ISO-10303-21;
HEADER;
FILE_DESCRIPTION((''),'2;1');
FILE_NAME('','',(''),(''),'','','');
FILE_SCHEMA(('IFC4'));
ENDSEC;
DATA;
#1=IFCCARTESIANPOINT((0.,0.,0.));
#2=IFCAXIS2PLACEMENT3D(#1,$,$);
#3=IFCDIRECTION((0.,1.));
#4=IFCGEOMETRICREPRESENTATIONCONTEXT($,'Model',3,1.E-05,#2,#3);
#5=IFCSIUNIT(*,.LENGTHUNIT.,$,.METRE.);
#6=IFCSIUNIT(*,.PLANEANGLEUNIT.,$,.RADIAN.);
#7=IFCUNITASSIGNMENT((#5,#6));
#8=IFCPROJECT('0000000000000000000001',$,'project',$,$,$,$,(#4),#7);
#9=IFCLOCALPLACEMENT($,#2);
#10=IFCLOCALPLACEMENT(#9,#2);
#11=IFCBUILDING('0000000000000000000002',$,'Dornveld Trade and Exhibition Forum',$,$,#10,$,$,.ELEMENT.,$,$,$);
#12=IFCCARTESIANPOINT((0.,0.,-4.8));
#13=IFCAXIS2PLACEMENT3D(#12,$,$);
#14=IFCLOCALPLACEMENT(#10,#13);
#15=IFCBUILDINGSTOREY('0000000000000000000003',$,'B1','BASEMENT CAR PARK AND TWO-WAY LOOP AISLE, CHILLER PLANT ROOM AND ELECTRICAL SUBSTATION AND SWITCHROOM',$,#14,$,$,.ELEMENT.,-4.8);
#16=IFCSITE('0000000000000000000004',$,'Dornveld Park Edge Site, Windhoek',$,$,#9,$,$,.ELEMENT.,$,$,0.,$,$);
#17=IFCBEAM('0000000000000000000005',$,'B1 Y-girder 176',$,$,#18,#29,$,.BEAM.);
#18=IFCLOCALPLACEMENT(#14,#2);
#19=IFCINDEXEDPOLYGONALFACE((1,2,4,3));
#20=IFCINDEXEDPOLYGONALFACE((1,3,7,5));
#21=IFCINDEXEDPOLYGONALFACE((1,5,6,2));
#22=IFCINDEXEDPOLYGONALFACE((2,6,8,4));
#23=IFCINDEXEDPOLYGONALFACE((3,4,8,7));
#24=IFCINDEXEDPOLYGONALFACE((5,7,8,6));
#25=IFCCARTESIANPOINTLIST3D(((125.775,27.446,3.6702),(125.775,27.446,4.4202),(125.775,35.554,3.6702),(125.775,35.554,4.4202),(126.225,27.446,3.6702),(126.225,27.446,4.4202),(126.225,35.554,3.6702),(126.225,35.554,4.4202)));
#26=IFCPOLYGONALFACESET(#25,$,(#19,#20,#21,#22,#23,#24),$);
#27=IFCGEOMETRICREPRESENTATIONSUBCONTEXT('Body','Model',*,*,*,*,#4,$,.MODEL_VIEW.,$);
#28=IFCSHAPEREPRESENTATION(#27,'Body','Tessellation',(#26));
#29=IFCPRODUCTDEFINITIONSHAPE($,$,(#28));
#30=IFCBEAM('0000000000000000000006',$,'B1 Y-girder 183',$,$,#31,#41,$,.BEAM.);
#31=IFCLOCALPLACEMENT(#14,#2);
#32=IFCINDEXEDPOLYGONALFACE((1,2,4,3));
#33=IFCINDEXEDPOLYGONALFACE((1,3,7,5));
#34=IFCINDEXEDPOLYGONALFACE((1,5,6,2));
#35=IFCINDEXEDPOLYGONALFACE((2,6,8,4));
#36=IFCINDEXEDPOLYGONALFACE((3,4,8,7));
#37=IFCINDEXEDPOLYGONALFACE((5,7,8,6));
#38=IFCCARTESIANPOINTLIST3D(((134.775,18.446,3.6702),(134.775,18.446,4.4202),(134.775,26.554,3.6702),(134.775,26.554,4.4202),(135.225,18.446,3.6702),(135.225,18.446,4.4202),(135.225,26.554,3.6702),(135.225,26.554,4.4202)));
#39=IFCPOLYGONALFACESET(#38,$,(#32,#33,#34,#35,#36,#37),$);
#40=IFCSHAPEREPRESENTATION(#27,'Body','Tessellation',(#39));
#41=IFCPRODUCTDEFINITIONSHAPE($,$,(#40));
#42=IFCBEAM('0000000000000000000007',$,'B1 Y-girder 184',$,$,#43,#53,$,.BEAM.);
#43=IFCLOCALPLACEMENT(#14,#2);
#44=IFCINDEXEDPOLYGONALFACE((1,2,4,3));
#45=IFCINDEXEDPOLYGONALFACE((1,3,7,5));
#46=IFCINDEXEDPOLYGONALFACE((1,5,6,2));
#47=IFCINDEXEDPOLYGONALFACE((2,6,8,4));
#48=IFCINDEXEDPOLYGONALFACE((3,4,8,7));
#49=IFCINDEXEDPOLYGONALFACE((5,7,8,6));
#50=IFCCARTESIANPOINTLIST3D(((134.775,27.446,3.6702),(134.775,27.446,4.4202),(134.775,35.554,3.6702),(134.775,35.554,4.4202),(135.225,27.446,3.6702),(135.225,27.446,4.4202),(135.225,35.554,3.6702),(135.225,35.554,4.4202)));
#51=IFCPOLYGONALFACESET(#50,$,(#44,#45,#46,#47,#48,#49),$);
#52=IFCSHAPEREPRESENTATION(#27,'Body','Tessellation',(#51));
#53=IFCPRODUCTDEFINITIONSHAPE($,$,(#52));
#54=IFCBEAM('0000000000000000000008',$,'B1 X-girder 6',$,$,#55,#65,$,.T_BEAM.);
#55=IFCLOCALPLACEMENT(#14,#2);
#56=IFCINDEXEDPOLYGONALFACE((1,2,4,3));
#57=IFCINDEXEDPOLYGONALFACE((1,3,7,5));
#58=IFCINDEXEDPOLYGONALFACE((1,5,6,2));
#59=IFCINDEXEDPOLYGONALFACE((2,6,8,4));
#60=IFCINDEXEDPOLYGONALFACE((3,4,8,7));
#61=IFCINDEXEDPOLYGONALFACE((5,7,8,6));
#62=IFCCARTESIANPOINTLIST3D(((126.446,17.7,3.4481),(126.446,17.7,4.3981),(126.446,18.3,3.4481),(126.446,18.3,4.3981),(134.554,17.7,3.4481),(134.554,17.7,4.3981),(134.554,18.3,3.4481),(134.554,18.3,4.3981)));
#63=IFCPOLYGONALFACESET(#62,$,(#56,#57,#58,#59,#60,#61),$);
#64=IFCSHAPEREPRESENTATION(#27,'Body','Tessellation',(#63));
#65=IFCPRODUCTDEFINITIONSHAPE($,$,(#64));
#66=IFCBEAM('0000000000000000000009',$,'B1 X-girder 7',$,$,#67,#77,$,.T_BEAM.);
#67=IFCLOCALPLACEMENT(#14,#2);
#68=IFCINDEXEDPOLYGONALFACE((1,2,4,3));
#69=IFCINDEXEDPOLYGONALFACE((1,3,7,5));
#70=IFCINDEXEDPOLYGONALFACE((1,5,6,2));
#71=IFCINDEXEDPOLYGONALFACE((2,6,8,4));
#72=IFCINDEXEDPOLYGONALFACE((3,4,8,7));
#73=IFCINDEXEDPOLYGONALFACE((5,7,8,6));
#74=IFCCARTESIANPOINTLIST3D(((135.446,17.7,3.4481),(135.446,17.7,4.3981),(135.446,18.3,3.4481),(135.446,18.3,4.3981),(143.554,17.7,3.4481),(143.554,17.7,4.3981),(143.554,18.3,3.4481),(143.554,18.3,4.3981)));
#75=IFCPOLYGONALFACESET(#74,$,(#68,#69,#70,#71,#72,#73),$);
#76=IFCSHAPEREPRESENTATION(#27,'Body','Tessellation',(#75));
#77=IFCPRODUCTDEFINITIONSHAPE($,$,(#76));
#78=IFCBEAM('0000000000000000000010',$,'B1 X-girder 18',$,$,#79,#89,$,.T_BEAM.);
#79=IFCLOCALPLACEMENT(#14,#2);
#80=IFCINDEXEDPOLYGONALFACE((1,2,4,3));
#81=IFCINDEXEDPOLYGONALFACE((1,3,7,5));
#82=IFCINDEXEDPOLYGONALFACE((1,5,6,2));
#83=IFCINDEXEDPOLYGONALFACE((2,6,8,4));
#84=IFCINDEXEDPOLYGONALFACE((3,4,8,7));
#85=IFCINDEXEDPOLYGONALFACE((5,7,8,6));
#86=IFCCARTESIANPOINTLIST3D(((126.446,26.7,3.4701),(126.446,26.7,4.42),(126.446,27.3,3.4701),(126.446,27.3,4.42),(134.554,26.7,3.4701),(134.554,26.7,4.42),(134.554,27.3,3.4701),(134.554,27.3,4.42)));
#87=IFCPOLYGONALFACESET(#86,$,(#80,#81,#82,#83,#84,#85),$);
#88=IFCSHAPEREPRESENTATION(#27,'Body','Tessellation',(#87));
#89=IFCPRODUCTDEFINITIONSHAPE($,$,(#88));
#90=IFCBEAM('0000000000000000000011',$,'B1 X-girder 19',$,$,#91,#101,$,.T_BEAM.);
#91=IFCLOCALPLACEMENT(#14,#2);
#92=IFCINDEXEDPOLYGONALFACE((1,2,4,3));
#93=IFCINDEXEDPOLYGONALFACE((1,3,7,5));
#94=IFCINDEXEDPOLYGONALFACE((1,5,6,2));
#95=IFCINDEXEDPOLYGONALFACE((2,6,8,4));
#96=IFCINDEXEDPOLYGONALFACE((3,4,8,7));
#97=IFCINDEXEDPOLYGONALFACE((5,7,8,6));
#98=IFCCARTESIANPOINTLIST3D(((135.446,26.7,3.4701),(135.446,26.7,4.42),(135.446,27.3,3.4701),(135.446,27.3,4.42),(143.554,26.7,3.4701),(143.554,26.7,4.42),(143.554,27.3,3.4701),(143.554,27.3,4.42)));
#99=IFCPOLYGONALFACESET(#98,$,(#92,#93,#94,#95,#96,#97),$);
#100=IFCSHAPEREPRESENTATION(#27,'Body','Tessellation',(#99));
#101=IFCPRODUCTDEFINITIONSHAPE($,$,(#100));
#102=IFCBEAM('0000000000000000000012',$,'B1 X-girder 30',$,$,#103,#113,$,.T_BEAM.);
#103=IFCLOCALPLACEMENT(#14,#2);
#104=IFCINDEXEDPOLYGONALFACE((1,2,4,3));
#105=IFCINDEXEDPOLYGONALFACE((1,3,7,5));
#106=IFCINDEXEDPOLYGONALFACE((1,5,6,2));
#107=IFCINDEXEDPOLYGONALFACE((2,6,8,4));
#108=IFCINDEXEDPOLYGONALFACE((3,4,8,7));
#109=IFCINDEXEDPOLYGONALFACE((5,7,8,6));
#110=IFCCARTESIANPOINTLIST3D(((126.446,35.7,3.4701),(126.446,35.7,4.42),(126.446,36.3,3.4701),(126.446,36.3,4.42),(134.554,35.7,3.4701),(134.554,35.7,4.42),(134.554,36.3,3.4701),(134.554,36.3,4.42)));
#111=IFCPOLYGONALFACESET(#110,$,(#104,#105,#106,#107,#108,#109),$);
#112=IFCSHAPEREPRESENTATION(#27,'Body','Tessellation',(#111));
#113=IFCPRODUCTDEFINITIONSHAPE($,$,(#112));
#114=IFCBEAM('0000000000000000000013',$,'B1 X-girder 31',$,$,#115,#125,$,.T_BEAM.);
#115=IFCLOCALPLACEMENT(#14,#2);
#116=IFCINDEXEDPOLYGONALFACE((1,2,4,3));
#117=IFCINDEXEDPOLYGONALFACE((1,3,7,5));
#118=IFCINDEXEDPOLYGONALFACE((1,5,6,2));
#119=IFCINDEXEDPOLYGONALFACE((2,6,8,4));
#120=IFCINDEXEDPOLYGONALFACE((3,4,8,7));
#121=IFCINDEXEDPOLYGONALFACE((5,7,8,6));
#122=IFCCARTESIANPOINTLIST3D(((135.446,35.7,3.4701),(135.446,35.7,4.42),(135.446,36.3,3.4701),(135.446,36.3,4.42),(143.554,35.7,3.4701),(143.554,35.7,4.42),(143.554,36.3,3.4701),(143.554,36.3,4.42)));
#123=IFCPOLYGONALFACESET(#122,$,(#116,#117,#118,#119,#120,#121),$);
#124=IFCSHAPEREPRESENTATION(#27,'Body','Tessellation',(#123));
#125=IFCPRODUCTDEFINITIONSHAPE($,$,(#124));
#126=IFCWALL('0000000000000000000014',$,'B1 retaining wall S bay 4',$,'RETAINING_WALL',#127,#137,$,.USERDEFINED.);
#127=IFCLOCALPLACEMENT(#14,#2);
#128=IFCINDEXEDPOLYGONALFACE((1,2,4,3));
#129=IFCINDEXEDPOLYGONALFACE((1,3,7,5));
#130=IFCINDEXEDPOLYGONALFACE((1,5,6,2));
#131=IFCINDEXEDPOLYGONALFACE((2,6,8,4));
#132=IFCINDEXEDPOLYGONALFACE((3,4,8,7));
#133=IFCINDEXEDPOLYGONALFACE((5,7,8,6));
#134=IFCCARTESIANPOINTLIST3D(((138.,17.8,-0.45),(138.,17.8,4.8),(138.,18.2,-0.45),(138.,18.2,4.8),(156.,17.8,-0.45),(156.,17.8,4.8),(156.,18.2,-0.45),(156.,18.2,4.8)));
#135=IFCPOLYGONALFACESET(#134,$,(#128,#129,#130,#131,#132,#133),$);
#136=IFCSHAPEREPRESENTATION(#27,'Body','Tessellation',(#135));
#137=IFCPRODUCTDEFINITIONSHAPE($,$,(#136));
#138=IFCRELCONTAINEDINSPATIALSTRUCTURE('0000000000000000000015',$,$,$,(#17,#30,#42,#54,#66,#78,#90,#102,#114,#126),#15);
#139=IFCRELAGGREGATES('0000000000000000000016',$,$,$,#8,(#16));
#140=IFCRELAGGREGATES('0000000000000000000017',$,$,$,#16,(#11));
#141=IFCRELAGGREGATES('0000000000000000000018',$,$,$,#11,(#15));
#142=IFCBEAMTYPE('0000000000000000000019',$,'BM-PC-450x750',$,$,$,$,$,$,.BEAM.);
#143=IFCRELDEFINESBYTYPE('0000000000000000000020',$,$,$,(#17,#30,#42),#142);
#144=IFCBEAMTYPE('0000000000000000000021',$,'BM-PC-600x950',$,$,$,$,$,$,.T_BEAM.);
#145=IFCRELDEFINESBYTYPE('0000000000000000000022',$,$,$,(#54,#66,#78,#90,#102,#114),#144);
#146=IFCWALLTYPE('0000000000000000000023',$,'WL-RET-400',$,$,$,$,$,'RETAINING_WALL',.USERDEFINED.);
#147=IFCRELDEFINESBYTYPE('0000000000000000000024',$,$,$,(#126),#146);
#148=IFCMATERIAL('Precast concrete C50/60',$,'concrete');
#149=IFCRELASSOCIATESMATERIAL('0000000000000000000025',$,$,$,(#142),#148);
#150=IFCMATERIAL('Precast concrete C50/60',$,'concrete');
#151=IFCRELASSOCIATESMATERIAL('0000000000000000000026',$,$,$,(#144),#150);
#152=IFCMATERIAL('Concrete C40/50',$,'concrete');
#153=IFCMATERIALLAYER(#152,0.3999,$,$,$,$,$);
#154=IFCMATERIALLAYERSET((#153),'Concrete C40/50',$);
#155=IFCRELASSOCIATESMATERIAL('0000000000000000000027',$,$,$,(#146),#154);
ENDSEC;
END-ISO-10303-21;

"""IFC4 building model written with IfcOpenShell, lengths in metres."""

from ifc_helpers import new_model, si_unit, direction, frame, frame_2d, origin, origin_2d, place, context, subcontext, project, spatial, rectangle, extrude, material, layer, layer_set, material_profile, profile_set, type_object, element, save


model = new_model("IFC4")

# Units and contexts
model_context = context("Model", 3, precision=1e-05, world=origin(), true_north=direction((0.0, 1.0)))
body_context = subcontext(model_context, "Body", "Model", "MODEL_VIEW")
ifc_project = project(units=[si_unit("LENGTHUNIT", "METRE"), si_unit("PLANEANGLEUNIT", "RADIAN")], contexts=[model_context])

# Site, building, storey
site_placement = place(None, origin())
site = spatial("IfcSite", under=ifc_project, at=site_placement, Name="Dornveld Park Edge Site, Windhoek", CompositionType="ELEMENT", RefElevation=0.0)
building_placement = place(site_placement, origin())
building = spatial("IfcBuilding", under=site, at=building_placement, Name="Dornveld Trade and Exhibition Forum", CompositionType="ELEMENT")
storey_placement = place(building_placement, frame((0.0, 0.0, -4.8)))
storey = spatial("IfcBuildingStorey", under=building, at=storey_placement, Name="B1", Description="BASEMENT CAR PARK AND TWO-WAY LOOP AISLE, CHILLER PLANT ROOM AND ELECTRICAL SUBSTATION AND SWITCHROOM", CompositionType="ELEMENT", Elevation=-4.8)

# Beams
ifc_material_1 = material(Name="Precast concrete C50/60", Category="concrete")
ifc_material_profile_1 = material_profile(ifc_material_1, rectangle(XDim=0.45, YDim=0.75, at=origin_2d()), Name="PC-BM 450x750")
ifc_profile_set_1 = profile_set([ifc_material_profile_1], Name="Precast concrete C50/60")
beam_type_1 = type_object("IfcBeamType", Name="BM-PC-450x750", PredefinedType="BEAM", material=ifc_profile_set_1)
for number, where, z_axis, x_axis, name in (
    (1, (126.0, 27.446, 4.0452), (0.0, 1.0, 0.0), (-1.0, 0.0, 0.0), "B1 Y-girder 176"),
    (2, (135.0, 18.446, 4.0452), (0.0, 1.0, 0.0), (-1.0, 0.0, 0.0), "B1 Y-girder 183"),
    (3, (135.0, 27.446, 4.0452), (0.0, 1.0, 0.0), (-1.0, 0.0, 0.0), "B1 Y-girder 184"),
):
    element("IfcBeam", number, at=place(storey_placement, frame(where, z_axis=z_axis, x_axis=x_axis)), inside=storey, type_object=beam_type_1, Name=name, PredefinedType="BEAM", context=body_context, shape_type="SweptSolid", body=[
        extrude(rectangle(XDim=0.45, YDim=0.75, at=origin_2d()), origin(), (0.0, 0.0, 1.0), 8.1079),
    ])
ifc_material_2 = material(Name="Precast concrete C50/60", Category="concrete")
ifc_material_profile_2 = material_profile(ifc_material_2, rectangle(XDim=0.6001, YDim=0.95, at=origin_2d()), Name="PC-GIR 600x950")
ifc_profile_set_2 = profile_set([ifc_material_profile_2], Name="Precast concrete C50/60")
beam_type_2 = type_object("IfcBeamType", Name="BM-PC-600x950", PredefinedType="T_BEAM", material=ifc_profile_set_2)
for number, where, z_axis, x_axis, name in (
    (4, (126.446, 18.0, 3.9231), (1.0, 0.0, 0.0), (0.0, 1.0, 0.0), "B1 X-girder 6"),
    (5, (135.446, 18.0, 3.9231), (1.0, 0.0, 0.0), (0.0, 1.0, 0.0), "B1 X-girder 7"),
    (6, (126.446, 27.0, 3.9451), (1.0, 0.0, 0.0), (0.0, 1.0, 0.0), "B1 X-girder 18"),
    (7, (135.446, 27.0, 3.9451), (1.0, 0.0, 0.0), (0.0, 1.0, 0.0), "B1 X-girder 19"),
    (8, (126.446, 36.0, 3.9451), (1.0, 0.0, 0.0), (0.0, 1.0, 0.0), "B1 X-girder 30"),
    (9, (135.446, 36.0, 3.9451), (1.0, 0.0, 0.0), (0.0, 1.0, 0.0), "B1 X-girder 31"),
):
    element("IfcBeam", number, at=place(storey_placement, frame(where, z_axis=z_axis, x_axis=x_axis)), inside=storey, type_object=beam_type_2, Name=name, PredefinedType="T_BEAM", context=body_context, shape_type="SweptSolid", body=[
        extrude(rectangle(XDim=0.6001, YDim=0.95, at=origin_2d()), origin(), (0.0, 0.0, 1.0), 8.1079),
    ])

# Wall
ifc_material_3 = material(Name="Concrete C40/50", Category="concrete")
ifc_layer = layer(ifc_material_3, 0.3999)
ifc_layer_set = layer_set([ifc_layer], Name="Concrete C40/50")
wall_type = type_object("IfcWallType", Name="WL-RET-400", ElementType="RETAINING_WALL", PredefinedType="USERDEFINED", material=ifc_layer_set)
wall_placement = place(storey_placement, frame((138.0, 18.0, -0.45), z_axis=(0.0, 0.0, 1.0), x_axis=(1.0, 0.0, 0.0)))
element("IfcWall", 10, at=wall_placement, inside=storey, type_object=wall_type, Name="B1 retaining wall S bay 4", ObjectType="RETAINING_WALL", PredefinedType="USERDEFINED", context=body_context, shape_type="SweptSolid", body=[
    extrude(rectangle(XDim=18.0, YDim=0.3999, at=frame_2d((9.0, 0.0))), origin(), (0.0, 0.0, 1.0), 5.25),
])

save(model, "model.ifc")
